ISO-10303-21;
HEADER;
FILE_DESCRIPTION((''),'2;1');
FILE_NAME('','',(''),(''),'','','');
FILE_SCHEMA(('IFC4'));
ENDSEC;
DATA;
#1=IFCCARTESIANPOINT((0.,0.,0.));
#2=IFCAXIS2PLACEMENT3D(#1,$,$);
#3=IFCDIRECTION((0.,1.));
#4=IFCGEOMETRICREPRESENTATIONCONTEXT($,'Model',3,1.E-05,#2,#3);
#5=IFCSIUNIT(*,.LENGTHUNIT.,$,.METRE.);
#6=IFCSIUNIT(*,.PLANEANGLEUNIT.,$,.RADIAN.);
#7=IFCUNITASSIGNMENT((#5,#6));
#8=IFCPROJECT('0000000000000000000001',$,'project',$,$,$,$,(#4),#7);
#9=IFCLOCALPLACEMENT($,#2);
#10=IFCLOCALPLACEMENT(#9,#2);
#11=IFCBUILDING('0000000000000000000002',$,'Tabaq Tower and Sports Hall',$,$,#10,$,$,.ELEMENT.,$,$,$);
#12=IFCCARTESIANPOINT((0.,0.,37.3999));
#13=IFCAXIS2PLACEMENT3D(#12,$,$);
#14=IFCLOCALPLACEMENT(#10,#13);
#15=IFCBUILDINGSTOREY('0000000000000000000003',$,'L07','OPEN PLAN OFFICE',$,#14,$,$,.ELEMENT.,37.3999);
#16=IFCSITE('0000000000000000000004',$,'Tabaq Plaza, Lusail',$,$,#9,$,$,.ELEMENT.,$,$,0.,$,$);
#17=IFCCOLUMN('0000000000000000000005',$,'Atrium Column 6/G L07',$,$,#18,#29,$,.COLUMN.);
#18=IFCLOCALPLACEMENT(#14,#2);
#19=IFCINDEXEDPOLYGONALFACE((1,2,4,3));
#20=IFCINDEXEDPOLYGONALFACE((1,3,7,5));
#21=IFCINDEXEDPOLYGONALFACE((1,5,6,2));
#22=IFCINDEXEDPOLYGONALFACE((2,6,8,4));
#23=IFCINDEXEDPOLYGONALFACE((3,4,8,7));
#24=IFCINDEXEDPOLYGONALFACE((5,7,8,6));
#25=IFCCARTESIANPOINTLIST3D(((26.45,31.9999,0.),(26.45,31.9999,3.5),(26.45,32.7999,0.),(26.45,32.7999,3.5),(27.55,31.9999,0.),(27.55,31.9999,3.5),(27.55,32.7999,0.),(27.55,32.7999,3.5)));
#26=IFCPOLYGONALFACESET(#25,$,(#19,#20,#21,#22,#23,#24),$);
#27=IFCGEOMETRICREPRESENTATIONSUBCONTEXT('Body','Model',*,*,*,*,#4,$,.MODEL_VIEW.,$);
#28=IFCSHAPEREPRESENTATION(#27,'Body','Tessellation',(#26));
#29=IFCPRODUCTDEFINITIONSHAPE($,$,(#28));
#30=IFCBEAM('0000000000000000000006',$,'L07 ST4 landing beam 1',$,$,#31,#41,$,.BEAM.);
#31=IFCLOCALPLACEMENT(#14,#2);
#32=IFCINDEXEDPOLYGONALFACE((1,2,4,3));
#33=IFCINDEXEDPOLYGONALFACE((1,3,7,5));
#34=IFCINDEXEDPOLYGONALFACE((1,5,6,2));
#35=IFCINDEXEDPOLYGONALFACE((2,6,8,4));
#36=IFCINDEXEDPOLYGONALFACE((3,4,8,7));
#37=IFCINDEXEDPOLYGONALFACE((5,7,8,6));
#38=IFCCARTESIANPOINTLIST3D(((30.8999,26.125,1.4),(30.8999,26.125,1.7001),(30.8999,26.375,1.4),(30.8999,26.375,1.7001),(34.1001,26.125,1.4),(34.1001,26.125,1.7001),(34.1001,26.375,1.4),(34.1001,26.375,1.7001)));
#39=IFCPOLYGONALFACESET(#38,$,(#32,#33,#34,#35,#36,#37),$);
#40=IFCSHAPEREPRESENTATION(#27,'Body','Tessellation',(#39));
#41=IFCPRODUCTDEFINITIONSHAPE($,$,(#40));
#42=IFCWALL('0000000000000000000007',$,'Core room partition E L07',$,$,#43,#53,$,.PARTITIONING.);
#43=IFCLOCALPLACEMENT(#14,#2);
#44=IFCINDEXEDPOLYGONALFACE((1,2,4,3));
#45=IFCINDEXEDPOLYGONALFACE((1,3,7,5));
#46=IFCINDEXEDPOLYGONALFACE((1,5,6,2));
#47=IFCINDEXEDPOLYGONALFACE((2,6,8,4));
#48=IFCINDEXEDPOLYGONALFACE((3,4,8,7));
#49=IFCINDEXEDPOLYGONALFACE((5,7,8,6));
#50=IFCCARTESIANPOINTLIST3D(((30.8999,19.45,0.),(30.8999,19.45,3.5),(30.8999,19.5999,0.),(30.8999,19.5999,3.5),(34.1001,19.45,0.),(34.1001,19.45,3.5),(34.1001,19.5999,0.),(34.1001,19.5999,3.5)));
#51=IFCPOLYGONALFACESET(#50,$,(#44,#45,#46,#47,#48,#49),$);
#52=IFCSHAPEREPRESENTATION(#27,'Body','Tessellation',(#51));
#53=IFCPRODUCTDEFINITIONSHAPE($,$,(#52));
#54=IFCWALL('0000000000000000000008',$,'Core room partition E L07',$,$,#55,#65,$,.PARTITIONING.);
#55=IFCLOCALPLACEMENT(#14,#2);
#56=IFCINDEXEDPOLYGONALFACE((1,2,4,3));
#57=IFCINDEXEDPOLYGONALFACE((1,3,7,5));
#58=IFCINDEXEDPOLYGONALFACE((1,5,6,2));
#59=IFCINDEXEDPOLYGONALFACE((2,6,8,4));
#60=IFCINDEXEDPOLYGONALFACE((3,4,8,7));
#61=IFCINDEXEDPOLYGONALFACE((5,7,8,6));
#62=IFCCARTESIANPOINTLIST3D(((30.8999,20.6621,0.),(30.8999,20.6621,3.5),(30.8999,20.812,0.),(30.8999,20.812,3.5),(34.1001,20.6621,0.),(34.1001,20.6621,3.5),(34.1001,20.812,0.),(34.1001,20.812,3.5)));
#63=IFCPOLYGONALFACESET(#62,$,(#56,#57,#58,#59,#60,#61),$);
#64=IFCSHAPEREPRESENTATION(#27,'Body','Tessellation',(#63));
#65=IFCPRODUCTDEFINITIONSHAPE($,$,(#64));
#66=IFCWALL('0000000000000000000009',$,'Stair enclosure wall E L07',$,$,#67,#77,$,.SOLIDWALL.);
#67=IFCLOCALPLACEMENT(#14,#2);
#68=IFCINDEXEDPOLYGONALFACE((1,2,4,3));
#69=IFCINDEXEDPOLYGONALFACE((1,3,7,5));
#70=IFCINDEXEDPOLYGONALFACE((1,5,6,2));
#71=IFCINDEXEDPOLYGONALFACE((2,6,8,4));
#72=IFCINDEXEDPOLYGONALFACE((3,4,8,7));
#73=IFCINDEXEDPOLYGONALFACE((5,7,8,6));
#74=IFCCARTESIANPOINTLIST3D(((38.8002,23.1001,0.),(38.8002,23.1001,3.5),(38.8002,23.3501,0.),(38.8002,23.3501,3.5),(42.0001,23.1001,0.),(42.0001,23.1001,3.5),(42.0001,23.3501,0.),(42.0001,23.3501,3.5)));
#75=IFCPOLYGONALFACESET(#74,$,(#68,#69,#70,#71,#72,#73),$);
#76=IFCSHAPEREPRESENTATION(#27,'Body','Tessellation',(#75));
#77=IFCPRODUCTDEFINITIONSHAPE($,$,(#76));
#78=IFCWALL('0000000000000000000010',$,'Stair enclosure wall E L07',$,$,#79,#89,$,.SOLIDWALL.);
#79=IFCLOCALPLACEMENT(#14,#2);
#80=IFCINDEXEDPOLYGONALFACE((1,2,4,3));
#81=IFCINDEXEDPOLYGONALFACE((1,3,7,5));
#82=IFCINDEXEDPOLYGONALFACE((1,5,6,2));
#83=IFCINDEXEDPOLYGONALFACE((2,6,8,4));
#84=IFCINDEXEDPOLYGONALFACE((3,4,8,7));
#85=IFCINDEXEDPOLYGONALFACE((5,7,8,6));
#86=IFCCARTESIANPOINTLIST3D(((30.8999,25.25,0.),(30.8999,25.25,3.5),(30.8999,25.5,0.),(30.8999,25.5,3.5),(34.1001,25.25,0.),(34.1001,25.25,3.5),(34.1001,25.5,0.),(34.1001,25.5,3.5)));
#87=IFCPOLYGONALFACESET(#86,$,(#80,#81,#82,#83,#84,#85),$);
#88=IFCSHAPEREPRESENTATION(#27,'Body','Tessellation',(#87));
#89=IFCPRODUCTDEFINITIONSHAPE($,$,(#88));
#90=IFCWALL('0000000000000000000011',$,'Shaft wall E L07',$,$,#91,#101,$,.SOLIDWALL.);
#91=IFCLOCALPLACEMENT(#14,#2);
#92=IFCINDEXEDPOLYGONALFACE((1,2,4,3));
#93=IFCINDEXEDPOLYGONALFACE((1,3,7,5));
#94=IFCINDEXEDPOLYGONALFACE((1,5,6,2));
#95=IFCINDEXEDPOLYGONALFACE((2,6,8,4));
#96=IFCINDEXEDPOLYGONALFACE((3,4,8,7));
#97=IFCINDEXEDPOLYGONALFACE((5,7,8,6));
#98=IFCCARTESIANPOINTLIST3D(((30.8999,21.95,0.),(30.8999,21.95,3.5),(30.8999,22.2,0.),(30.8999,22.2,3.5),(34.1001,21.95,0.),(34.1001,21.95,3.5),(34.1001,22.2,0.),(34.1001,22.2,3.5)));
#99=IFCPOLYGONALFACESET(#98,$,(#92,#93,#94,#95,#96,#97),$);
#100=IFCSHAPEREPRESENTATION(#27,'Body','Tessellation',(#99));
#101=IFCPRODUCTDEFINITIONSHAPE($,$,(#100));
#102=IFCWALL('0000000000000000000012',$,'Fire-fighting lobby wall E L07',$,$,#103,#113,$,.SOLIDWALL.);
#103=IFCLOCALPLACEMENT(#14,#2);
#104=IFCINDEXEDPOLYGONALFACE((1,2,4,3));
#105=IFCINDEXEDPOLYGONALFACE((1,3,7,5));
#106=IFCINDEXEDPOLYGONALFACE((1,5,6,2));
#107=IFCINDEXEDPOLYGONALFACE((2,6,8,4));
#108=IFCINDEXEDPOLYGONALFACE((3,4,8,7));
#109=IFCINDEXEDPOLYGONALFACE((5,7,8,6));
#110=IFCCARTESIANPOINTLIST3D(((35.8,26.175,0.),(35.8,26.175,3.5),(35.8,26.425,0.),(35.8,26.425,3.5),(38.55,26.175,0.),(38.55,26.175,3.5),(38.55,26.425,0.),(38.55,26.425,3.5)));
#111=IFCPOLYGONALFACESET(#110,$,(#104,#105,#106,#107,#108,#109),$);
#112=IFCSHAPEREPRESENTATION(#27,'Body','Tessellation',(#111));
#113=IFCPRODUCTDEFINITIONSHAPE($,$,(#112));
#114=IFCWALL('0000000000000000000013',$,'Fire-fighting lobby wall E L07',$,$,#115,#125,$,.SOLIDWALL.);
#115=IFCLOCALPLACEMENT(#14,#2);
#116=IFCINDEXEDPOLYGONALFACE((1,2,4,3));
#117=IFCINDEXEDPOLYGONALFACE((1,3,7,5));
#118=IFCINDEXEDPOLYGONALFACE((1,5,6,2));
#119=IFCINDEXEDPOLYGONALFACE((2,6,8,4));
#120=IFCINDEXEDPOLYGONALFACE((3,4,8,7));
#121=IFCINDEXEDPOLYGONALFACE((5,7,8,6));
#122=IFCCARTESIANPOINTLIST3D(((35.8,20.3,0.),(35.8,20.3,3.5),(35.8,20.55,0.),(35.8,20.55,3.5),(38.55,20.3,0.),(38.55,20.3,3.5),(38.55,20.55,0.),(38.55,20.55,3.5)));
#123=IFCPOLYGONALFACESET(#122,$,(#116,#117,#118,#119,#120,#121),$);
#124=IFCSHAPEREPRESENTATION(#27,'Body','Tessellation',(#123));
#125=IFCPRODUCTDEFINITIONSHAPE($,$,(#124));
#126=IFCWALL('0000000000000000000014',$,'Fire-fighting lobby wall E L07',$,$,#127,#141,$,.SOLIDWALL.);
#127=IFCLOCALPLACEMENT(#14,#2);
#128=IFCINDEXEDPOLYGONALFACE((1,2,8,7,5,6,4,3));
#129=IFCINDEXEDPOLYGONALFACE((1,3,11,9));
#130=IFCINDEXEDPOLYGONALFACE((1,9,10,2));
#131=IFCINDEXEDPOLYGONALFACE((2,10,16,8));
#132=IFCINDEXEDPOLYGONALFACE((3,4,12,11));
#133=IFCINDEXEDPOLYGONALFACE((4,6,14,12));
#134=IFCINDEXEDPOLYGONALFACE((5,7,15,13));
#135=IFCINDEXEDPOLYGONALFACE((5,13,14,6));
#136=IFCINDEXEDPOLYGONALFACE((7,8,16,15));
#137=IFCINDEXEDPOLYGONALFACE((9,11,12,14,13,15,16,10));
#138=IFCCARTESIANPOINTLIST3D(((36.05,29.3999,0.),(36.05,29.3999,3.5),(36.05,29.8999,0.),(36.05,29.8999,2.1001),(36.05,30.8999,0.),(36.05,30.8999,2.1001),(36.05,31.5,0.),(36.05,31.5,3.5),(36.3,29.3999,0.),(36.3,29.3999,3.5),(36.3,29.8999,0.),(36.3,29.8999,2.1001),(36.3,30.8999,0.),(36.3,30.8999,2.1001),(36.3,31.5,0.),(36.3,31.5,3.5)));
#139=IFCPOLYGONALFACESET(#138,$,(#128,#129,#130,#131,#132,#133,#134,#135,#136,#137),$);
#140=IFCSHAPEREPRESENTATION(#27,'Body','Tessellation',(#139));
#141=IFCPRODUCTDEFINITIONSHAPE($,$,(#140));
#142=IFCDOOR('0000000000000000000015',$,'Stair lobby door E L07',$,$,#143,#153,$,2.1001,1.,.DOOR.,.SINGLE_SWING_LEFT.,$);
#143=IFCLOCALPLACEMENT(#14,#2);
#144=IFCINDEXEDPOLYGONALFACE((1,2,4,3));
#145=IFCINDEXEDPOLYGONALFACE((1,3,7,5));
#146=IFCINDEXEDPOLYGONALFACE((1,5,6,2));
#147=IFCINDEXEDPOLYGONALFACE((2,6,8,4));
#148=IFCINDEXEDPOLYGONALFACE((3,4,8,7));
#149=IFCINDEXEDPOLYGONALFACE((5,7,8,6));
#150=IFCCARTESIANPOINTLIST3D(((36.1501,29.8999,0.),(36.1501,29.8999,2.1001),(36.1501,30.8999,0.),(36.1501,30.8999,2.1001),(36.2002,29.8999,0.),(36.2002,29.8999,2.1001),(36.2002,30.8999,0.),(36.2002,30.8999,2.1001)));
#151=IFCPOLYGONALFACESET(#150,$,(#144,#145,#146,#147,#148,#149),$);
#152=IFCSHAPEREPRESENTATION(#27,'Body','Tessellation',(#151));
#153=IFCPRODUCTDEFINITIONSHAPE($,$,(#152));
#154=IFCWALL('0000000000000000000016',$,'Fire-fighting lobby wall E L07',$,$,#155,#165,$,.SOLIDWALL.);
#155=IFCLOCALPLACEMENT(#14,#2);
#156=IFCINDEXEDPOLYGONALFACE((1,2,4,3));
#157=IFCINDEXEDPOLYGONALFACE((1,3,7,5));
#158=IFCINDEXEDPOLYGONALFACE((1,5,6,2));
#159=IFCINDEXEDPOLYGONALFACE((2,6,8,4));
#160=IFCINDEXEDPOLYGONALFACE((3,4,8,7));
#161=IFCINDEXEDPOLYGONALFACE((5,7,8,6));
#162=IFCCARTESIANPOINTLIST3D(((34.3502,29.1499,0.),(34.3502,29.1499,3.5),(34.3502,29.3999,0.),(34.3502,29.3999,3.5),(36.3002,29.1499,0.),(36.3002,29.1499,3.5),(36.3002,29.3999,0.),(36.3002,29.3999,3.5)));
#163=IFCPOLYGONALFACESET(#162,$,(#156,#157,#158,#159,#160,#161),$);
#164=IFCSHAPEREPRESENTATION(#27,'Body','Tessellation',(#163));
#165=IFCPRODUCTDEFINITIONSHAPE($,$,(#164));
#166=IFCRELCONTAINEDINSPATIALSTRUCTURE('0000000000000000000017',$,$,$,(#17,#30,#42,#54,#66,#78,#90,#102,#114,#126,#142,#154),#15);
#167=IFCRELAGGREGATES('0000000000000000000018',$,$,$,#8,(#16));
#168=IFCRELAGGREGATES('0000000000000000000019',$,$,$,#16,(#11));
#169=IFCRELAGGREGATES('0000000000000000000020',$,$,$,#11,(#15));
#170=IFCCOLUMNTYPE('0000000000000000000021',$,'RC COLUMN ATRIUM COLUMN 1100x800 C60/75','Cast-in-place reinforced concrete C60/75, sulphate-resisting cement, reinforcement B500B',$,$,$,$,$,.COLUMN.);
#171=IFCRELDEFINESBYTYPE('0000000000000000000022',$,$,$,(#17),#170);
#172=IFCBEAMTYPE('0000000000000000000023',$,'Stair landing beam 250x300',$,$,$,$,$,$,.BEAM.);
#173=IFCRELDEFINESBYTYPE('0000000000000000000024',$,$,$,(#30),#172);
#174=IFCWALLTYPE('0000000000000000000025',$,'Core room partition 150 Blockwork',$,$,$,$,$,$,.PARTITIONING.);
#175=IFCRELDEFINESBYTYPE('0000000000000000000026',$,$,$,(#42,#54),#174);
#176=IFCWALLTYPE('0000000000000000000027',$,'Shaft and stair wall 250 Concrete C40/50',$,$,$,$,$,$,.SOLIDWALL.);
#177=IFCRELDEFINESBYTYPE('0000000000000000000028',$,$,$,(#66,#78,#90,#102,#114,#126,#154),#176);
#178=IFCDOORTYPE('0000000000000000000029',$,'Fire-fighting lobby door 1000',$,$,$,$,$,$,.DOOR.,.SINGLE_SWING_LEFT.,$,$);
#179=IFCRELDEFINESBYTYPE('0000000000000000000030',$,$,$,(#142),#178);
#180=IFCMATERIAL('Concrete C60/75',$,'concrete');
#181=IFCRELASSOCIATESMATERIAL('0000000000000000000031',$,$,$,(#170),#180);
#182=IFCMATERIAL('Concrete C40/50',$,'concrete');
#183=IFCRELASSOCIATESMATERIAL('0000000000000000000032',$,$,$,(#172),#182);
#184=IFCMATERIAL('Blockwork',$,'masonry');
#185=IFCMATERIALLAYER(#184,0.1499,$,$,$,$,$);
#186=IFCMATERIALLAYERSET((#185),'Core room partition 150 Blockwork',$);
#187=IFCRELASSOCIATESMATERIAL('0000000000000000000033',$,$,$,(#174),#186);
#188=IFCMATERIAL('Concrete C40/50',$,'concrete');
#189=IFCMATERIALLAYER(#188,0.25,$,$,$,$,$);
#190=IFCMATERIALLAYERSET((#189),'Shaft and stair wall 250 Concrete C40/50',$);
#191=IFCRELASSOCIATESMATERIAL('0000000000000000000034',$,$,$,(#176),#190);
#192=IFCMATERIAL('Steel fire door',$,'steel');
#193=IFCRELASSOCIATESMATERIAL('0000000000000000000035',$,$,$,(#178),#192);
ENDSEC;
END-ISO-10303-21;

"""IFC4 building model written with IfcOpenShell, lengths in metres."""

from ifc_helpers import new_model, si_unit, direction, frame, frame_2d, origin, origin_2d, place, context, subcontext, project, spatial, rectangle, extrude, material, layer, layer_set, material_profile, profile_set, type_object, element, fill, save


model = new_model("IFC4")

# Units and contexts
model_context = context("Model", 3, precision=1e-05, world=origin(), true_north=direction((0.0, 1.0)))
body_context = subcontext(model_context, "Body", "Model", "MODEL_VIEW")
ifc_project = project(units=[si_unit("LENGTHUNIT", "METRE"), si_unit("PLANEANGLEUNIT", "RADIAN")], contexts=[model_context])

# Site, building, storey
site_placement = place(None, origin())
site = spatial("IfcSite", under=ifc_project, at=site_placement, Name="Tabaq Plaza, Lusail", CompositionType="ELEMENT", RefElevation=0.0)
building_placement = place(site_placement, origin())
building = spatial("IfcBuilding", under=site, at=building_placement, Name="Tabaq Tower and Sports Hall", CompositionType="ELEMENT")
storey_placement = place(building_placement, frame((0.0, 0.0, 37.3999)))
storey = spatial("IfcBuildingStorey", under=building, at=storey_placement, Name="L07", Description="OPEN PLAN OFFICE", CompositionType="ELEMENT", Elevation=37.3999)

# Column
ifc_material_1 = material(Name="Concrete C60/75", Category="concrete")
ifc_material_profile_1 = material_profile(ifc_material_1, rectangle(XDim=1.1001, YDim=0.8, at=origin_2d()), Name="ATRIUM COLUMN 1100x800")
ifc_profile_set_1 = profile_set([ifc_material_profile_1], Name="Concrete C60/75")
column_type = type_object("IfcColumnType", Name="RC COLUMN ATRIUM COLUMN 1100x800 C60/75", Description="Cast-in-place reinforced concrete C60/75, sulphate-resisting cement, reinforcement B500B", PredefinedType="COLUMN", material=ifc_profile_set_1)
column_placement = place(storey_placement, frame((27.0, 32.3999, 0.0), z_axis=(0.0, 0.0, 1.0), x_axis=(1.0, 0.0, 0.0)))
element("IfcColumn", 1, at=column_placement, inside=storey, type_object=column_type, Name="Atrium Column 6/G L07", PredefinedType="COLUMN", context=body_context, shape_type="SweptSolid", body=[
    extrude(rectangle(XDim=1.1001, YDim=0.8, at=origin_2d()), origin(), (0.0, 0.0, 1.0), 3.5),
])

# Beam
ifc_material_2 = material(Name="Concrete C40/50", Category="concrete")
ifc_material_profile_2 = material_profile(ifc_material_2, rectangle(XDim=0.25, YDim=0.3, at=origin_2d()), Name="RC 250x300")
ifc_profile_set_2 = profile_set([ifc_material_profile_2], Name="Concrete C40/50")
beam_type = type_object("IfcBeamType", Name="Stair landing beam 250x300", PredefinedType="BEAM", material=ifc_profile_set_2)
beam_placement = place(storey_placement, frame((30.8999, 26.25, 1.55), z_axis=(1.0, 0.0, 0.0), x_axis=(0.0, 1.0, 0.0)))
element("IfcBeam", 2, at=beam_placement, inside=storey, type_object=beam_type, Name="L07 ST4 landing beam 1", PredefinedType="BEAM", context=body_context, shape_type="SweptSolid", body=[
    extrude(rectangle(XDim=0.25, YDim=0.3, at=origin_2d()), origin(), (0.0, 0.0, 1.0), 3.2002),
])

# Walls
ifc_material_3 = material(Name="Blockwork", Category="masonry")
ifc_layer_1 = layer(ifc_material_3, 0.1499)
ifc_layer_set_1 = layer_set([ifc_layer_1], Name="Core room partition 150 Blockwork")
wall_type_1 = type_object("IfcWallType", Name="Core room partition 150 Blockwork", PredefinedType="PARTITIONING", material=ifc_layer_set_1)
for number, where, z_axis, x_axis, name in (
    (3, (30.8999, 19.5249, 0.0), (0.0, 0.0, 1.0), (1.0, 0.0, 0.0), "Core room partition E L07"),
    (4, (30.8999, 20.7371, 0.0), (0.0, 0.0, 1.0), (1.0, 0.0, 0.0), "Core room partition E L07"),
):
    element("IfcWall", number, at=place(storey_placement, frame(where, z_axis=z_axis, x_axis=x_axis)), inside=storey, type_object=wall_type_1, Name=name, PredefinedType="PARTITIONING", context=body_context, shape_type="SweptSolid", body=[
        extrude(rectangle(XDim=3.2002, YDim=0.1499, at=frame_2d((1.6001, 0.0))), origin(), (0.0, 0.0, 1.0), 3.5),
    ])

# Walls
ifc_material_4 = material(Name="Concrete C40/50", Category="concrete")
ifc_layer_2 = layer(ifc_material_4, 0.25)
ifc_layer_set_2 = layer_set([ifc_layer_2], Name="Shaft and stair wall 250 Concrete C40/50")
wall_type_2 = type_object("IfcWallType", Name="Shaft and stair wall 250 Concrete C40/50", PredefinedType="SOLIDWALL", material=ifc_layer_set_2)
wall_1_placement = place(storey_placement, frame((38.8, 23.2251, 0.0), z_axis=(0.0, 0.0, 1.0), x_axis=(1.0, 0.0, 0.0)))
element("IfcWall", 5, at=wall_1_placement, inside=storey, type_object=wall_type_2, Name="Stair enclosure wall E L07", PredefinedType="SOLIDWALL", context=body_context, shape_type="SweptSolid", body=[
    extrude(rectangle(XDim=3.2, YDim=0.25, at=frame_2d((1.6001, 0.0))), origin(), (0.0, 0.0, 1.0), 3.5),
])
for number, where, z_axis, x_axis, name in (
    (6, (30.8999, 25.375, 0.0), (0.0, 0.0, 1.0), (1.0, 0.0, 0.0), "Stair enclosure wall E L07"),
    (7, (30.8999, 22.075, 0.0), (0.0, 0.0, 1.0), (1.0, 0.0, 0.0), "Shaft wall E L07"),
):
    element("IfcWall", number, at=place(storey_placement, frame(where, z_axis=z_axis, x_axis=x_axis)), inside=storey, type_object=wall_type_2, Name=name, PredefinedType="SOLIDWALL", context=body_context, shape_type="SweptSolid", body=[
        extrude(rectangle(XDim=3.2002, YDim=0.25, at=frame_2d((1.6001, 0.0))), origin(), (0.0, 0.0, 1.0), 3.5),
    ])
for number, where, z_axis, x_axis, name in (
    (8, (35.8, 26.3, 0.0), (0.0, 0.0, 1.0), (1.0, 0.0, 0.0), "Fire-fighting lobby wall E L07"),
    (9, (35.8, 20.425, 0.0), (0.0, 0.0, 1.0), (1.0, 0.0, 0.0), "Fire-fighting lobby wall E L07"),
):
    element("IfcWall", number, at=place(storey_placement, frame(where, z_axis=z_axis, x_axis=x_axis)), inside=storey, type_object=wall_type_2, Name=name, PredefinedType="SOLIDWALL", context=body_context, shape_type="SweptSolid", body=[
        extrude(rectangle(XDim=2.75, YDim=0.25, at=frame_2d((1.375, 0.0))), origin(), (0.0, 0.0, 1.0), 3.5),
    ])

# Wall, opening, door
wall_2_placement = place(storey_placement, frame((36.175, 29.3999, 0.0), z_axis=(0.0, 0.0, 1.0), x_axis=(0.0, 1.0, 0.0)))
wall_2 = element("IfcWall", 10, at=wall_2_placement, inside=storey, type_object=wall_type_2, Name="Fire-fighting lobby wall E L07", PredefinedType="SOLIDWALL", context=body_context, shape_type="SweptSolid", body=[
    extrude(rectangle(XDim=2.1001, YDim=0.25, at=frame_2d((1.05, 0.0))), origin(), (0.0, 0.0, 1.0), 3.5),
])
opening_1_placement = place(wall_2_placement, frame((0.5, 0.0, 0.0)))
opening_1 = element("IfcOpeningElement", 11, at=opening_1_placement, cuts=wall_2, PredefinedType="OPENING", context=body_context, shape_type="SweptSolid", body=[
    extrude(rectangle(XDim=1.0, YDim=2.1001, at=frame_2d((0.5, 1.05))), frame((0.0, 0.125, 0.0), z_axis=(0.0, -1.0, 0.0), x_axis=(1.0, 0.0, 0.0)), (0.0, 0.0, 1.0), 0.25),
])
ifc_material_5 = material(Name="Steel fire door", Category="steel")
door_type_1 = type_object("IfcDoorType", Name="Fire-fighting lobby door 1000", OperationType="SINGLE_SWING_LEFT", PredefinedType="DOOR", material=ifc_material_5)
door_1_placement = place(opening_1_placement, origin())
door_1 = element("IfcDoor", 12, at=door_1_placement, inside=storey, type_object=door_type_1, Name="Stair lobby door E L07", OperationType="SINGLE_SWING_LEFT", OverallHeight=2.1001, OverallWidth=1.0, PredefinedType="DOOR", context=body_context, shape_type="SweptSolid", body=[
    extrude(rectangle(XDim=1.0, YDim=2.1001, at=frame_2d((0.5, 1.05))), frame((0.0, 0.0249, 0.0), z_axis=(0.0, -1.0, 0.0), x_axis=(1.0, 0.0, 0.0)), (0.0, 0.0, 1.0), 0.05),
])
fill(opening_1, door_1)

# Wall
wall_3_placement = place(storey_placement, frame((34.3501, 29.2749, 0.0), z_axis=(0.0, 0.0, 1.0), x_axis=(1.0, 0.0, 0.0)))
element("IfcWall", 13, at=wall_3_placement, inside=storey, type_object=wall_type_2, Name="Fire-fighting lobby wall E L07", PredefinedType="SOLIDWALL", context=body_context, shape_type="SweptSolid", body=[
    extrude(rectangle(XDim=1.95, YDim=0.25, at=frame_2d((0.9751, 0.0))), origin(), (0.0, 0.0, 1.0), 3.5),
])

save(model, "model.ifc")
